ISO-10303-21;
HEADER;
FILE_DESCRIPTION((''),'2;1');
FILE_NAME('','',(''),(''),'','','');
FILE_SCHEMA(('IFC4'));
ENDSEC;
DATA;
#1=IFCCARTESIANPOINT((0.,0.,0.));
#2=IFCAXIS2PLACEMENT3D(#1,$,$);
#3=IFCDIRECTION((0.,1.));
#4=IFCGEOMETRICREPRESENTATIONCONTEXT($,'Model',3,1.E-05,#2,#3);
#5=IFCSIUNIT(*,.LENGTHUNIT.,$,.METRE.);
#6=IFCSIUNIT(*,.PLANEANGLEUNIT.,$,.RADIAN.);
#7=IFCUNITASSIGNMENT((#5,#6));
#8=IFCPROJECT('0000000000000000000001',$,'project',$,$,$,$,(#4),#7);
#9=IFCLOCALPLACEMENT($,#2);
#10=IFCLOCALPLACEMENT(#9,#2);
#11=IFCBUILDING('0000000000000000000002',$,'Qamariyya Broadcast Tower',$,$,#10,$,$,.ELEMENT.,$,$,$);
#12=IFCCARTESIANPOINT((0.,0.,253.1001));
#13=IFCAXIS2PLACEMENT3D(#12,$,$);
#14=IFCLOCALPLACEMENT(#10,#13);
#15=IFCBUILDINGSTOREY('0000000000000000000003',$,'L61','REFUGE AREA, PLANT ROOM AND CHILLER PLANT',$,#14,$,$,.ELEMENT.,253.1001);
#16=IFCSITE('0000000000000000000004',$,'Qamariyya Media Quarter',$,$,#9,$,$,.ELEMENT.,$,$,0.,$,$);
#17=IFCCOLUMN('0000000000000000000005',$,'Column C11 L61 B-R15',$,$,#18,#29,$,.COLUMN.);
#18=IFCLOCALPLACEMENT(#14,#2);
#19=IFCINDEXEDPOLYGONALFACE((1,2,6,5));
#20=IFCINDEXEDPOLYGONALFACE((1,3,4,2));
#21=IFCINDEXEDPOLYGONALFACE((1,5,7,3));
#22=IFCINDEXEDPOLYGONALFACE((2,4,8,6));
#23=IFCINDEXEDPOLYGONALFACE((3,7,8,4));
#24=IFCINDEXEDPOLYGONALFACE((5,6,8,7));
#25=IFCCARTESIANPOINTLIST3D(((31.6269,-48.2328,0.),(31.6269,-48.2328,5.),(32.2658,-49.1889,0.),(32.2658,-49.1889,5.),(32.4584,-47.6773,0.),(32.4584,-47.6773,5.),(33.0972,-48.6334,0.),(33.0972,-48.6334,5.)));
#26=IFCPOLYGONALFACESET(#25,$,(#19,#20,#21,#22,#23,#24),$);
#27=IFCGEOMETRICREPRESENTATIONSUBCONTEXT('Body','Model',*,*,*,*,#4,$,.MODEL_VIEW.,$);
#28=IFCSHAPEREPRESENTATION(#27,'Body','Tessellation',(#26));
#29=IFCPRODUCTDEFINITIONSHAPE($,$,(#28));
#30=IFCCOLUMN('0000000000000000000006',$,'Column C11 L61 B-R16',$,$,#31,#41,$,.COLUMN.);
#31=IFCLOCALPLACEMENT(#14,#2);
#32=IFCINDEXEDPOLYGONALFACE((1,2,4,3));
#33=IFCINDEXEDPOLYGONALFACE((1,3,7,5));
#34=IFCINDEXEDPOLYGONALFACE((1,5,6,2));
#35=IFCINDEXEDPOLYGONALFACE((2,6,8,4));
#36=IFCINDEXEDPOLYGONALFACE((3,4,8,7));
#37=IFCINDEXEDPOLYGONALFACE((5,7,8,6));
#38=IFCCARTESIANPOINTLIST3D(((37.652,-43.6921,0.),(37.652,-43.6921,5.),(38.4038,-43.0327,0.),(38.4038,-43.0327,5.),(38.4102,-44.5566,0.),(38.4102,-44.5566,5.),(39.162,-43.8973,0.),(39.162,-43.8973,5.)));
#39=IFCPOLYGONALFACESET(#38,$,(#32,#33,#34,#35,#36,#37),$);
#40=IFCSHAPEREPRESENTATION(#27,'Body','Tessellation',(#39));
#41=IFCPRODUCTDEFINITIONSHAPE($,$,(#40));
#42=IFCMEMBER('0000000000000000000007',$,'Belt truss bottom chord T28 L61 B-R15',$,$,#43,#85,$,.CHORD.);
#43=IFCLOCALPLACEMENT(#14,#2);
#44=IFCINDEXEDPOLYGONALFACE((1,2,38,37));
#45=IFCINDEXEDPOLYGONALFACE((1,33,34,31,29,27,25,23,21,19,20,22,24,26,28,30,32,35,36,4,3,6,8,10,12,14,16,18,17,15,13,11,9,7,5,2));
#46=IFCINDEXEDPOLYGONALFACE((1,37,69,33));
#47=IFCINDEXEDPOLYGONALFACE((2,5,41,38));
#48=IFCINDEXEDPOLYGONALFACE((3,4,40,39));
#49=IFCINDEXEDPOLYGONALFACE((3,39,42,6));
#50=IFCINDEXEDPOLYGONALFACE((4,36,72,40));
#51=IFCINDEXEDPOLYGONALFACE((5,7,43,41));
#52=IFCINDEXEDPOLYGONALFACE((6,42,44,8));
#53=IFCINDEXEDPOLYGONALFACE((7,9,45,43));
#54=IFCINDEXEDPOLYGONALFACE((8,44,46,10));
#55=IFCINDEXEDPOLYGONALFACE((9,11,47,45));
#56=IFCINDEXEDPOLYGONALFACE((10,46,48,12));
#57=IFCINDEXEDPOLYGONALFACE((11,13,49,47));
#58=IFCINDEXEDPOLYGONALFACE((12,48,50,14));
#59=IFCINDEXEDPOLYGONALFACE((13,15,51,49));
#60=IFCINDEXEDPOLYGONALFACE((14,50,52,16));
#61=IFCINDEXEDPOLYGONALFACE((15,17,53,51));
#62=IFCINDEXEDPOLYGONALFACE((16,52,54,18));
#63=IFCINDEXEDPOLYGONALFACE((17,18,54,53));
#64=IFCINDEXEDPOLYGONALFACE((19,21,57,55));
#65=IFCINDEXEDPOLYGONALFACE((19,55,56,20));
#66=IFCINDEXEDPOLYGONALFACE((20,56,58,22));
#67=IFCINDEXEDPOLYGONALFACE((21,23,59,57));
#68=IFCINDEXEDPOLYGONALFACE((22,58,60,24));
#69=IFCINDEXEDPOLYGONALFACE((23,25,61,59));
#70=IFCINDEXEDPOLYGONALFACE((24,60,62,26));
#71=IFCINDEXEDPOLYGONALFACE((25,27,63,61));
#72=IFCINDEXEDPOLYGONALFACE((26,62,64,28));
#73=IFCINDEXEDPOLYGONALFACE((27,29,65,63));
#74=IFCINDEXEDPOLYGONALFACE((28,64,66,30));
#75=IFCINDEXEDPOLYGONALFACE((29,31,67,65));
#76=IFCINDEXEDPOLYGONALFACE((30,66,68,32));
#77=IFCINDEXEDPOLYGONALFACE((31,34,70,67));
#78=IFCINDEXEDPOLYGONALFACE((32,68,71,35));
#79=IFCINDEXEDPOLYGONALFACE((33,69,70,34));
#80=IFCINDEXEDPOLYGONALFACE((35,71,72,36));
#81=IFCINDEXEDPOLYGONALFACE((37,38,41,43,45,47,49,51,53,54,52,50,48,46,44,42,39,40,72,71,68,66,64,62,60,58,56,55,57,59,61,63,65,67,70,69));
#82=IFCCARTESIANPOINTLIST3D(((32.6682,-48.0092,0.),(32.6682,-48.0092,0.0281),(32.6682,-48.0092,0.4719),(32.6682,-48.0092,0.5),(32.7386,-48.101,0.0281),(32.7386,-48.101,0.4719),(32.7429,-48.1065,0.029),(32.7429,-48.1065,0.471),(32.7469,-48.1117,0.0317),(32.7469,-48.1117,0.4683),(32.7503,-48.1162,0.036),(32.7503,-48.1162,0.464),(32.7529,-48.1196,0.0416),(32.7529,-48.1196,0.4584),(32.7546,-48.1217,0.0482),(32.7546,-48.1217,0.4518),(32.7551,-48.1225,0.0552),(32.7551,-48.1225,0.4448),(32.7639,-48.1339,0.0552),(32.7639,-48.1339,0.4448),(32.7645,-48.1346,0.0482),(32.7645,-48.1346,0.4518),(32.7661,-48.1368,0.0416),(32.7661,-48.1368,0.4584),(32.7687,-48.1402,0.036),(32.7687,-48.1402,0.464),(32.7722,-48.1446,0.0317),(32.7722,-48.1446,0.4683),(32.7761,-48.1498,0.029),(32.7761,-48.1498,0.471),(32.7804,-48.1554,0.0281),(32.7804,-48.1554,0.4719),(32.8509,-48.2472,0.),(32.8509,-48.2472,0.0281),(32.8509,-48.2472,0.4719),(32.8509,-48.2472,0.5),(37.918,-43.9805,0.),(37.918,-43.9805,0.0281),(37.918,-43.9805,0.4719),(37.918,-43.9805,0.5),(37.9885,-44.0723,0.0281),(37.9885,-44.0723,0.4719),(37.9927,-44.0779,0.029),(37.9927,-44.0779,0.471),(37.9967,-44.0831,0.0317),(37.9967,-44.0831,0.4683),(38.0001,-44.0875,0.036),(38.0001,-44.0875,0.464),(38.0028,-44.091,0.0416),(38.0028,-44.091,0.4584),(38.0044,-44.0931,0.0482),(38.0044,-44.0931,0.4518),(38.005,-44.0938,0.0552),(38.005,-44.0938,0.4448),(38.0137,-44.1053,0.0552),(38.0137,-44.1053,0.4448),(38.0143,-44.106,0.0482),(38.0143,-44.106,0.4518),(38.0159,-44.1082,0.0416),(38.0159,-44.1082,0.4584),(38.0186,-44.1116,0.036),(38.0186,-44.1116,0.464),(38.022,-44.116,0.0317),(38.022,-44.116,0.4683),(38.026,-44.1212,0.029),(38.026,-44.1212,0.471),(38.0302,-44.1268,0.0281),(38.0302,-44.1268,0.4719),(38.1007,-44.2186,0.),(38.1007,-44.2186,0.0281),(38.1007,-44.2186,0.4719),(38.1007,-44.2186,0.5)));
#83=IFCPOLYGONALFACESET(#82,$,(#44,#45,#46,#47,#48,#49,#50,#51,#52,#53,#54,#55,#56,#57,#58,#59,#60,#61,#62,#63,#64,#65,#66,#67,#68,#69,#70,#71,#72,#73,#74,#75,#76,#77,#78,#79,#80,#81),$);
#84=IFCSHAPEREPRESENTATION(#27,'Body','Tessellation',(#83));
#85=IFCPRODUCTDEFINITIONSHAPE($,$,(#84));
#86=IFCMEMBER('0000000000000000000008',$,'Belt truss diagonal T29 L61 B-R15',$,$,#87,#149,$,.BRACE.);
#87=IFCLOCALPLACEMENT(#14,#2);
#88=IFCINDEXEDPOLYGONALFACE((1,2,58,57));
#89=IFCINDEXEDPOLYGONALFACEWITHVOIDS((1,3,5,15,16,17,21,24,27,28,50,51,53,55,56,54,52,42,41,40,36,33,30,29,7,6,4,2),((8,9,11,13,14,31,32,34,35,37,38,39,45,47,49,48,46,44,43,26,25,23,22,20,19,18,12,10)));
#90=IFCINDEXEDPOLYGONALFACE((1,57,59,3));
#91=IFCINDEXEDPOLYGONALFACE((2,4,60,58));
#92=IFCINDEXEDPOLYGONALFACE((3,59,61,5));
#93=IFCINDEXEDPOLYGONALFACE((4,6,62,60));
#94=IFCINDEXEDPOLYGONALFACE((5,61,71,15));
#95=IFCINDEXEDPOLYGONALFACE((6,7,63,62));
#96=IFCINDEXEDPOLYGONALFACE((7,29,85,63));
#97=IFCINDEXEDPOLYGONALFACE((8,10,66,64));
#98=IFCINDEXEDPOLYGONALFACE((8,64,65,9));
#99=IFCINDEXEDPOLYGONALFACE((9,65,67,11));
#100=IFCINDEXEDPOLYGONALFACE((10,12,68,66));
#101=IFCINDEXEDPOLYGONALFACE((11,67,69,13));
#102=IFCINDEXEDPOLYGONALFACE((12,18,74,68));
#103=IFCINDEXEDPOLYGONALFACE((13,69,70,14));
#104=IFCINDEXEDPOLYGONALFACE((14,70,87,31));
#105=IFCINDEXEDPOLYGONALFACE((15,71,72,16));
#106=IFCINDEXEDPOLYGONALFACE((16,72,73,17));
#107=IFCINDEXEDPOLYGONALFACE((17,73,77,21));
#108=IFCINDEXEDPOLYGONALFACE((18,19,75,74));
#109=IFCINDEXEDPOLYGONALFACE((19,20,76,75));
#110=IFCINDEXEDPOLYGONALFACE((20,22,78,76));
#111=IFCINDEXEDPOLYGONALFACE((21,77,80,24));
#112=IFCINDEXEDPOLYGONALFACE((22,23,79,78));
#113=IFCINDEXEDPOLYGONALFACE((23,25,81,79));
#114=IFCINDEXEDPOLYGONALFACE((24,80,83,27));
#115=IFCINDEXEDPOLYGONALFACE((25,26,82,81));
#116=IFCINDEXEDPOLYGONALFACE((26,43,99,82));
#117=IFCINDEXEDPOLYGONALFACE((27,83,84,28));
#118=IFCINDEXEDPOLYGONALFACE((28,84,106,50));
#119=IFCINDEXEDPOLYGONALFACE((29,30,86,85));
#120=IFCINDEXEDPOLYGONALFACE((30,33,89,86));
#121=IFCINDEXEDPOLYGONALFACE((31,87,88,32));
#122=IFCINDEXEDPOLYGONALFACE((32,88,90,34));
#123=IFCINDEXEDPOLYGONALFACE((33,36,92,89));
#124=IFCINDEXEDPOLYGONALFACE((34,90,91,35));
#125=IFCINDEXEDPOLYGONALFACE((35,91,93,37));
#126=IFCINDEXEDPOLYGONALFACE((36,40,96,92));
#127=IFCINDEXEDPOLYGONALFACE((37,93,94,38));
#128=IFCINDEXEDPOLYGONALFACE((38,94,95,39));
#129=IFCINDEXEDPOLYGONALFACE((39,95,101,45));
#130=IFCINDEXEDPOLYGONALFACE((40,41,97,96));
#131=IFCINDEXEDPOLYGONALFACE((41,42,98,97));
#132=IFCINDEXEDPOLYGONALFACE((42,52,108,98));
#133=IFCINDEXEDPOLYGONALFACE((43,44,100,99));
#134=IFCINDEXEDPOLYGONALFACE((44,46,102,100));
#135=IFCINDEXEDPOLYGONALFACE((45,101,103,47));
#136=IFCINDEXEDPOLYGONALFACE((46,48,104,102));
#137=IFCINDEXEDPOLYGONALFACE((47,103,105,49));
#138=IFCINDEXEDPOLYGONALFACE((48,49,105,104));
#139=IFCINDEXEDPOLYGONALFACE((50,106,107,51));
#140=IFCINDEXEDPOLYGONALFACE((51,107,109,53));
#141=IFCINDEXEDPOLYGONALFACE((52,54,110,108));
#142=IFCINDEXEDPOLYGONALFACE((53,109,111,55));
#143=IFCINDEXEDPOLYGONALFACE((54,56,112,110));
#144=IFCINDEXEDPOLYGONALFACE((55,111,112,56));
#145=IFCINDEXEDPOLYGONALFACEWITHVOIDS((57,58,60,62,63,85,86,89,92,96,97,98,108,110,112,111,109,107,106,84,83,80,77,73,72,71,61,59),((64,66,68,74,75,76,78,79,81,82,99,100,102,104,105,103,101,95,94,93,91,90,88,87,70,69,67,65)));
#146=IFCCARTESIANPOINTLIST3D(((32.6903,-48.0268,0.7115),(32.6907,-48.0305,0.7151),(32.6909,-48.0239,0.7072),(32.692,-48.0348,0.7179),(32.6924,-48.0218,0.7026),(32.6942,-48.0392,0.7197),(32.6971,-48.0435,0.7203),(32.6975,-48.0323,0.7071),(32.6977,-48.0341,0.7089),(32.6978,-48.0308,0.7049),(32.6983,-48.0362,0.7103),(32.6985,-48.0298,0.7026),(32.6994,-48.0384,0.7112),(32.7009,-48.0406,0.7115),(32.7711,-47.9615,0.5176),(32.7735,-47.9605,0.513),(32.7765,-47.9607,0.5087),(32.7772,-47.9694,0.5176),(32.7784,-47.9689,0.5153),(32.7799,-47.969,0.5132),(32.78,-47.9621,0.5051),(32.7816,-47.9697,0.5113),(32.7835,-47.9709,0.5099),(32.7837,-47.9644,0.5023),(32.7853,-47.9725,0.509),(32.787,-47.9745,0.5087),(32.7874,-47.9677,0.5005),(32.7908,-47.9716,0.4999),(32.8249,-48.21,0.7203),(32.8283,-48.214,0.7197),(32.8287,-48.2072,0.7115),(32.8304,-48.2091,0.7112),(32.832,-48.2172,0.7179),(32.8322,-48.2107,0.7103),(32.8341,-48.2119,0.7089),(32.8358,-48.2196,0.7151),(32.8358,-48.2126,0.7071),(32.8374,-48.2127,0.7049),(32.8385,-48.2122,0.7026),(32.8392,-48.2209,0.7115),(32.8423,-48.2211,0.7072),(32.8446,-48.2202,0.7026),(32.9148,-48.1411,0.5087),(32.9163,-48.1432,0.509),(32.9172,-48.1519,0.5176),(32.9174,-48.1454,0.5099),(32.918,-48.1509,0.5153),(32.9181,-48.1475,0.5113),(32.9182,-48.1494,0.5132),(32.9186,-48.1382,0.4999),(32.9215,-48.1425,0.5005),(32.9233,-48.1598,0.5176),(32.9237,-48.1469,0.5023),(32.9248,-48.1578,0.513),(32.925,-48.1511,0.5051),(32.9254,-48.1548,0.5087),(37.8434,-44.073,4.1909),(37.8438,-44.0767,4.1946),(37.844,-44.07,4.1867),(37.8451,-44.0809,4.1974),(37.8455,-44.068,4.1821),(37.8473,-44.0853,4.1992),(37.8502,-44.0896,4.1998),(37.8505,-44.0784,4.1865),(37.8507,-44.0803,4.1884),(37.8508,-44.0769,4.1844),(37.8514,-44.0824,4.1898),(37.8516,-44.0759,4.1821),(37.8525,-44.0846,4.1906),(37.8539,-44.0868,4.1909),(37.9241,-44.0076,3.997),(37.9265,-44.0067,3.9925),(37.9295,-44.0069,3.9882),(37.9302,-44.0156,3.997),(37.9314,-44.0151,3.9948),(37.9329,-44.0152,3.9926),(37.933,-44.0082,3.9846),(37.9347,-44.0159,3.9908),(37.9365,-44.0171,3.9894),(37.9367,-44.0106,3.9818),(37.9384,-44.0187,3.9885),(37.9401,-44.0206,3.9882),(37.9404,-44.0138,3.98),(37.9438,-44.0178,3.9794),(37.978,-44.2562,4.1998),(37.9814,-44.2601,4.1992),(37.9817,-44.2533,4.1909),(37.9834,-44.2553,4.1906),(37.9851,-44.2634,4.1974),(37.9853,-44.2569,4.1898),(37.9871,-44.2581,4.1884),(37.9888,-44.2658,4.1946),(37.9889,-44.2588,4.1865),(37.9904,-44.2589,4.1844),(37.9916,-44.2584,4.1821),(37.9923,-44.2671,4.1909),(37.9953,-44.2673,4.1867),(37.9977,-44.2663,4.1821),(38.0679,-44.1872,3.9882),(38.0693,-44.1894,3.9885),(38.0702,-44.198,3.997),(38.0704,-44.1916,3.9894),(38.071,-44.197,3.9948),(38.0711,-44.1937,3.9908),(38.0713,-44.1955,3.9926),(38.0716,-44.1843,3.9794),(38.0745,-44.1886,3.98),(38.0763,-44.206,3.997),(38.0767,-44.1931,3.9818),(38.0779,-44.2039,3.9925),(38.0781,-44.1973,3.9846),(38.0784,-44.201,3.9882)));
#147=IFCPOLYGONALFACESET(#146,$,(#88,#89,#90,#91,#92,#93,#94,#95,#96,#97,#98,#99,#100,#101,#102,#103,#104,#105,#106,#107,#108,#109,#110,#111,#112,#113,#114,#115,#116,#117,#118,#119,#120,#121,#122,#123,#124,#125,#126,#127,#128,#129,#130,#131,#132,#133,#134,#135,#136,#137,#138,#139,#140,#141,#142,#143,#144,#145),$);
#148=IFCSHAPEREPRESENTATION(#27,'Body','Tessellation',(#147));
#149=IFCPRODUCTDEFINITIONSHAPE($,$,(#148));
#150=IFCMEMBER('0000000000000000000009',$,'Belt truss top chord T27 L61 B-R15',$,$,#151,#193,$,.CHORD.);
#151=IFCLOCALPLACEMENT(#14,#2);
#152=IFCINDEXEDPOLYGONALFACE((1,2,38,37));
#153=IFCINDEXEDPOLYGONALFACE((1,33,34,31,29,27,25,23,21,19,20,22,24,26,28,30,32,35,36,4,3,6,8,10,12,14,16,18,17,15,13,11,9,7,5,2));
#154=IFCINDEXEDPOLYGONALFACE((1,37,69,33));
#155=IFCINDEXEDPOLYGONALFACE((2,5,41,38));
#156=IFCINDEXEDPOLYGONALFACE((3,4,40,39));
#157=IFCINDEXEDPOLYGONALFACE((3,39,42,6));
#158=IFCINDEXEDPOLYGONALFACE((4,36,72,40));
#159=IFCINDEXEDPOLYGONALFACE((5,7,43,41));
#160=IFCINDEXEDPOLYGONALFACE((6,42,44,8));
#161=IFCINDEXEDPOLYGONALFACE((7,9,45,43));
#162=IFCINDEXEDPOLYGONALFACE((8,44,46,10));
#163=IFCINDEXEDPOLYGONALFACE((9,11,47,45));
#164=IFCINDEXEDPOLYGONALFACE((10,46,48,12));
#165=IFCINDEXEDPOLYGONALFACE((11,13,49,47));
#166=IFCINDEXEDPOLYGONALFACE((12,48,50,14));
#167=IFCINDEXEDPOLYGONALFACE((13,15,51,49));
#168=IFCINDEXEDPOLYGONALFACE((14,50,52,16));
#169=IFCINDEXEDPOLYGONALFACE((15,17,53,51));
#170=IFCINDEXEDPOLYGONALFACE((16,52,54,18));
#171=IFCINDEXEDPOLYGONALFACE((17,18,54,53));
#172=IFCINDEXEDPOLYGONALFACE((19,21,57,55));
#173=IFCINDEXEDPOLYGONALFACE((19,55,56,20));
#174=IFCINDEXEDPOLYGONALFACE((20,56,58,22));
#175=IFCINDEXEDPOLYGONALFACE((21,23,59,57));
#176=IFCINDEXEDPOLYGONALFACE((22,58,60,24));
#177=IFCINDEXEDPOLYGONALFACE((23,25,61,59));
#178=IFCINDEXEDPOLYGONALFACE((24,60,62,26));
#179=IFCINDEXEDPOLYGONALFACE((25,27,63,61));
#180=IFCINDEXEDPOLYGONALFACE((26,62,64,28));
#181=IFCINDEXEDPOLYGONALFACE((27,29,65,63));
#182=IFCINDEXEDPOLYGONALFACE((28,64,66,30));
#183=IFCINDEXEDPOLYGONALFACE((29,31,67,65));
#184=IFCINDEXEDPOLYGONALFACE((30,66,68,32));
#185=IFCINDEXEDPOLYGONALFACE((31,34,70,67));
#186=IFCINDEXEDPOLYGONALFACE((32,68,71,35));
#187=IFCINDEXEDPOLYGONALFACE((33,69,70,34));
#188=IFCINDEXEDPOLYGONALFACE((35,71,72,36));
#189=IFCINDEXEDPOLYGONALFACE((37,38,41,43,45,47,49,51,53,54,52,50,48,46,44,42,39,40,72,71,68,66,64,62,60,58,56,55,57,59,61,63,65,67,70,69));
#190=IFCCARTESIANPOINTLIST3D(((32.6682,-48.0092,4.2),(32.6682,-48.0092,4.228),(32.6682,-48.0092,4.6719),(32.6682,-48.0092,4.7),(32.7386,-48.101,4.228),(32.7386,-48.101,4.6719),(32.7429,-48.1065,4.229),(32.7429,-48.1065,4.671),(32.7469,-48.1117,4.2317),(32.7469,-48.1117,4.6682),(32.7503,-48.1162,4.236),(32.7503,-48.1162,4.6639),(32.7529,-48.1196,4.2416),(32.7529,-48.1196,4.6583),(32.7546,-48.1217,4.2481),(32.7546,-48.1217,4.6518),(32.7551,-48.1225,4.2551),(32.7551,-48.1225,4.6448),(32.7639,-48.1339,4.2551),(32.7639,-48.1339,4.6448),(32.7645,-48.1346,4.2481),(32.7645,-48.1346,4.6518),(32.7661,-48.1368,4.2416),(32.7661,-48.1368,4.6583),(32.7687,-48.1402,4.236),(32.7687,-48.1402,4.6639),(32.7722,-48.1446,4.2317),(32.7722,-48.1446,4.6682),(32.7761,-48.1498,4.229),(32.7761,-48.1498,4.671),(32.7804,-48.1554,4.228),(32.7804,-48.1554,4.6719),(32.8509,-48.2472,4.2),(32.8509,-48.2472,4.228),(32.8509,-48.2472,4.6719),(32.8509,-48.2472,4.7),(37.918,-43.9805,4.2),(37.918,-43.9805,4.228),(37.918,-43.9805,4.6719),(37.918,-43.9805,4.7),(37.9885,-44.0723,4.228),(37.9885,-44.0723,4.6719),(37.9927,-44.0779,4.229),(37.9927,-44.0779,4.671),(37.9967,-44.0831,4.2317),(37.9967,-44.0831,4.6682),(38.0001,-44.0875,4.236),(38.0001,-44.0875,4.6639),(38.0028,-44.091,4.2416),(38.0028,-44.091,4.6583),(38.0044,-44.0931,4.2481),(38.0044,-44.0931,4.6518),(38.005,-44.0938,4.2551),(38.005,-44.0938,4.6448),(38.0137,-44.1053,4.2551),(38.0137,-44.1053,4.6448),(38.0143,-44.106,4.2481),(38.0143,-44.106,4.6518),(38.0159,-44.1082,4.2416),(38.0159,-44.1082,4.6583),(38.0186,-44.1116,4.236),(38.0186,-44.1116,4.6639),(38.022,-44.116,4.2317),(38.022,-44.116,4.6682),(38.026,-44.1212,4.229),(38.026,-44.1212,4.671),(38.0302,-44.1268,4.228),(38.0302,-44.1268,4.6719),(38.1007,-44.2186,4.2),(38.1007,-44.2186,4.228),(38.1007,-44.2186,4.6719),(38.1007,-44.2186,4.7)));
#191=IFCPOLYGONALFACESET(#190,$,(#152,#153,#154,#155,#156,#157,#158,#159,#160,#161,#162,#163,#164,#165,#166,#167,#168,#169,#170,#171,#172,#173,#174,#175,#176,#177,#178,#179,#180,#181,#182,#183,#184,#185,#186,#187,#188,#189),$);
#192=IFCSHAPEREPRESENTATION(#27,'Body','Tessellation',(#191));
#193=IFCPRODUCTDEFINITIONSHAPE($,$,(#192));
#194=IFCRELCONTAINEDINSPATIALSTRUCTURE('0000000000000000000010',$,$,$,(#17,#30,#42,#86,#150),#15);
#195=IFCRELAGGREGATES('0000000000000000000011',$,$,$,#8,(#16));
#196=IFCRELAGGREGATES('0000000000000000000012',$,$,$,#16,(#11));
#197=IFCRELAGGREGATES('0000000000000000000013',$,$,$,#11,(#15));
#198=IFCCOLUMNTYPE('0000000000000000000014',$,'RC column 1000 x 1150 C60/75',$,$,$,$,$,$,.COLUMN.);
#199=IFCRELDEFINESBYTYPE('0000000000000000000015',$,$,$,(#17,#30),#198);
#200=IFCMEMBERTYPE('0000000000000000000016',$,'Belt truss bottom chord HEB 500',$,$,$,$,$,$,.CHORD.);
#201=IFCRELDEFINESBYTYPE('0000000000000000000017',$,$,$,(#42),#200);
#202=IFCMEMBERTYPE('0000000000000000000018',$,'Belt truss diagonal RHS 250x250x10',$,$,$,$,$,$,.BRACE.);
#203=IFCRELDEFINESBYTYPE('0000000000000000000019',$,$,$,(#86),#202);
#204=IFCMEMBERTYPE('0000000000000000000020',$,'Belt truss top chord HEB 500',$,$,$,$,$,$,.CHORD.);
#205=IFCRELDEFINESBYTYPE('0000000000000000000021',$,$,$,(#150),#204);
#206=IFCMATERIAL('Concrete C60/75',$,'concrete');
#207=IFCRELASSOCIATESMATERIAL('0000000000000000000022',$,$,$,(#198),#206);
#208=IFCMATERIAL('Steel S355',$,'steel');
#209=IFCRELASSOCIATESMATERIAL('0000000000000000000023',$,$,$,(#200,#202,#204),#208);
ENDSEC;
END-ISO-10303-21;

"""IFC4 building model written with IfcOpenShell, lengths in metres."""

from ifc_helpers import new_model, si_unit, direction, frame, origin, origin_2d, place, context, subcontext, project, spatial, rectangle, hollow_rectangle, i_section, extrude, material, material_profile, profile_set, type_object, element, save


model = new_model("IFC4")

# Units and contexts
model_context = context("Model", 3, precision=1e-05, world=origin(), true_north=direction((0.0, 1.0)))
body_context = subcontext(model_context, "Body", "Model", "MODEL_VIEW")
ifc_project = project(units=[si_unit("LENGTHUNIT", "METRE"), si_unit("PLANEANGLEUNIT", "RADIAN")], contexts=[model_context])

# Site, building, storey
site_placement = place(None, origin())
site = spatial("IfcSite", under=ifc_project, at=site_placement, Name="Qamariyya Media Quarter", CompositionType="ELEMENT", RefElevation=0.0)
building_placement = place(site_placement, origin())
building = spatial("IfcBuilding", under=site, at=building_placement, Name="Qamariyya Broadcast Tower", CompositionType="ELEMENT")
storey_placement = place(building_placement, frame((0.0, 0.0, 253.1001)))
storey = spatial("IfcBuildingStorey", under=building, at=storey_placement, Name="L61", Description="REFUGE AREA, PLANT ROOM AND CHILLER PLANT", CompositionType="ELEMENT", Elevation=253.1001)

# Columns
ifc_material_1 = material(Name="Concrete C60/75", Category="concrete")
ifc_material_profile_1 = material_profile(ifc_material_1, rectangle(XDim=1.0, YDim=1.1499, at=origin_2d()))
ifc_profile_set_1 = profile_set([ifc_material_profile_1], Name="Concrete C60/75")
column_type = type_object("IfcColumnType", Name="RC column 1000 x 1150 C60/75", PredefinedType="COLUMN", material=ifc_profile_set_1)
for number, where, z_axis, x_axis, name in (
    (1, (32.3621, -48.4331, 0.0), (0.0, 0.0, 1.0), (0.83147, 0.55557, 0.0), "Column C11 L61 B-R15"),
    (2, (38.407, -43.7947, 0.0), (0.0, 0.0, 1.0), (0.75184, 0.659346, 0.0), "Column C11 L61 B-R16"),
):
    element("IfcColumn", number, at=place(storey_placement, frame(where, z_axis=z_axis, x_axis=x_axis)), inside=storey, type_object=column_type, Name=name, PredefinedType="COLUMN", context=body_context, shape_type="SweptSolid", body=[
        extrude(rectangle(XDim=1.0, YDim=1.1499, at=origin_2d()), origin(), (0.0, 0.0, 1.0), 5.0),
    ])

# Members
ifc_material_2 = material(Name="Steel S355", Category="steel")
ifc_material_profile_2 = material_profile(ifc_material_2, i_section(OverallWidth=0.3, OverallDepth=0.5, WebThickness=0.0144, FlangeThickness=0.0281, FilletRadius=0.0271, at=origin_2d()))
ifc_profile_set_2 = profile_set([ifc_material_profile_2], Name="Steel S355")
member_type_1 = type_object("IfcMemberType", Name="Belt truss bottom chord HEB 500", PredefinedType="CHORD", material=ifc_profile_set_2)
member_1_placement = place(storey_placement, frame((32.7595, -48.1282, 0.25), z_axis=(0.793333, 0.608789, 0.0), x_axis=(-0.608789, 0.793333, 0.0)))
element("IfcMember", 3, at=member_1_placement, inside=storey, type_object=member_type_1, Name="Belt truss bottom chord T28 L61 B-R15", PredefinedType="CHORD", context=body_context, shape_type="SweptSolid", body=[
    extrude(i_section(OverallWidth=0.3, OverallDepth=0.5, WebThickness=0.0144, FlangeThickness=0.0281, FilletRadius=0.0271, at=origin_2d()), origin(), (0.0, 0.0, 1.0), 6.6174),
])
ifc_material_profile_3 = material_profile(ifc_material_2, hollow_rectangle(XDim=0.25, YDim=0.25, WallThickness=0.01, InnerFilletRadius=0.01, OuterFilletRadius=0.02, at=origin_2d()))
ifc_profile_set_3 = profile_set([ifc_material_profile_3], Name="Steel S355")
member_type_2 = type_object("IfcMemberType", Name="Belt truss diagonal RHS 250x250x10", PredefinedType="BRACE", material=ifc_profile_set_3)
member_2_placement = place(storey_placement, frame((32.8079, -48.0908, 0.6101), z_axis=(0.699343, 0.536593, 0.472215), x_axis=(-0.608738, 0.793371, 0.0)))
element("IfcMember", 4, at=member_2_placement, inside=storey, type_object=member_type_2, Name="Belt truss diagonal T29 L61 B-R15", PredefinedType="BRACE", context=body_context, shape_type="SweptSolid", body=[
    extrude(hollow_rectangle(XDim=0.25, YDim=0.25, WallThickness=0.01, InnerFilletRadius=0.01, OuterFilletRadius=0.02, at=origin_2d()), origin(), (0.0, 0.0, 1.0), 7.3684),
])
ifc_material_profile_4 = material_profile(ifc_material_2, i_section(OverallWidth=0.3, OverallDepth=0.5, WebThickness=0.0144, FlangeThickness=0.0281, FilletRadius=0.0271, at=origin_2d()))
ifc_profile_set_4 = profile_set([ifc_material_profile_4], Name="Steel S355")
member_type_3 = type_object("IfcMemberType", Name="Belt truss top chord HEB 500", PredefinedType="CHORD", material=ifc_profile_set_4)
for number, where, z_axis, x_axis, name in (
    (5, (32.7595, -48.1282, 4.45), (0.793333, 0.608789, 0.0), (-0.608789, 0.793333, 0.0), "Belt truss top chord T27 L61 B-R15"),
):
    element("IfcMember", number, at=place(storey_placement, frame(where, z_axis=z_axis, x_axis=x_axis)), inside=storey, type_object=member_type_3, Name=name, PredefinedType="CHORD", context=body_context, shape_type="SweptSolid", body=[
        extrude(i_section(OverallWidth=0.3, OverallDepth=0.5, WebThickness=0.0144, FlangeThickness=0.0281, FilletRadius=0.0271, at=origin_2d()), origin(), (0.0, 0.0, 1.0), 6.6174),
    ])

save(model, "model.ifc")
